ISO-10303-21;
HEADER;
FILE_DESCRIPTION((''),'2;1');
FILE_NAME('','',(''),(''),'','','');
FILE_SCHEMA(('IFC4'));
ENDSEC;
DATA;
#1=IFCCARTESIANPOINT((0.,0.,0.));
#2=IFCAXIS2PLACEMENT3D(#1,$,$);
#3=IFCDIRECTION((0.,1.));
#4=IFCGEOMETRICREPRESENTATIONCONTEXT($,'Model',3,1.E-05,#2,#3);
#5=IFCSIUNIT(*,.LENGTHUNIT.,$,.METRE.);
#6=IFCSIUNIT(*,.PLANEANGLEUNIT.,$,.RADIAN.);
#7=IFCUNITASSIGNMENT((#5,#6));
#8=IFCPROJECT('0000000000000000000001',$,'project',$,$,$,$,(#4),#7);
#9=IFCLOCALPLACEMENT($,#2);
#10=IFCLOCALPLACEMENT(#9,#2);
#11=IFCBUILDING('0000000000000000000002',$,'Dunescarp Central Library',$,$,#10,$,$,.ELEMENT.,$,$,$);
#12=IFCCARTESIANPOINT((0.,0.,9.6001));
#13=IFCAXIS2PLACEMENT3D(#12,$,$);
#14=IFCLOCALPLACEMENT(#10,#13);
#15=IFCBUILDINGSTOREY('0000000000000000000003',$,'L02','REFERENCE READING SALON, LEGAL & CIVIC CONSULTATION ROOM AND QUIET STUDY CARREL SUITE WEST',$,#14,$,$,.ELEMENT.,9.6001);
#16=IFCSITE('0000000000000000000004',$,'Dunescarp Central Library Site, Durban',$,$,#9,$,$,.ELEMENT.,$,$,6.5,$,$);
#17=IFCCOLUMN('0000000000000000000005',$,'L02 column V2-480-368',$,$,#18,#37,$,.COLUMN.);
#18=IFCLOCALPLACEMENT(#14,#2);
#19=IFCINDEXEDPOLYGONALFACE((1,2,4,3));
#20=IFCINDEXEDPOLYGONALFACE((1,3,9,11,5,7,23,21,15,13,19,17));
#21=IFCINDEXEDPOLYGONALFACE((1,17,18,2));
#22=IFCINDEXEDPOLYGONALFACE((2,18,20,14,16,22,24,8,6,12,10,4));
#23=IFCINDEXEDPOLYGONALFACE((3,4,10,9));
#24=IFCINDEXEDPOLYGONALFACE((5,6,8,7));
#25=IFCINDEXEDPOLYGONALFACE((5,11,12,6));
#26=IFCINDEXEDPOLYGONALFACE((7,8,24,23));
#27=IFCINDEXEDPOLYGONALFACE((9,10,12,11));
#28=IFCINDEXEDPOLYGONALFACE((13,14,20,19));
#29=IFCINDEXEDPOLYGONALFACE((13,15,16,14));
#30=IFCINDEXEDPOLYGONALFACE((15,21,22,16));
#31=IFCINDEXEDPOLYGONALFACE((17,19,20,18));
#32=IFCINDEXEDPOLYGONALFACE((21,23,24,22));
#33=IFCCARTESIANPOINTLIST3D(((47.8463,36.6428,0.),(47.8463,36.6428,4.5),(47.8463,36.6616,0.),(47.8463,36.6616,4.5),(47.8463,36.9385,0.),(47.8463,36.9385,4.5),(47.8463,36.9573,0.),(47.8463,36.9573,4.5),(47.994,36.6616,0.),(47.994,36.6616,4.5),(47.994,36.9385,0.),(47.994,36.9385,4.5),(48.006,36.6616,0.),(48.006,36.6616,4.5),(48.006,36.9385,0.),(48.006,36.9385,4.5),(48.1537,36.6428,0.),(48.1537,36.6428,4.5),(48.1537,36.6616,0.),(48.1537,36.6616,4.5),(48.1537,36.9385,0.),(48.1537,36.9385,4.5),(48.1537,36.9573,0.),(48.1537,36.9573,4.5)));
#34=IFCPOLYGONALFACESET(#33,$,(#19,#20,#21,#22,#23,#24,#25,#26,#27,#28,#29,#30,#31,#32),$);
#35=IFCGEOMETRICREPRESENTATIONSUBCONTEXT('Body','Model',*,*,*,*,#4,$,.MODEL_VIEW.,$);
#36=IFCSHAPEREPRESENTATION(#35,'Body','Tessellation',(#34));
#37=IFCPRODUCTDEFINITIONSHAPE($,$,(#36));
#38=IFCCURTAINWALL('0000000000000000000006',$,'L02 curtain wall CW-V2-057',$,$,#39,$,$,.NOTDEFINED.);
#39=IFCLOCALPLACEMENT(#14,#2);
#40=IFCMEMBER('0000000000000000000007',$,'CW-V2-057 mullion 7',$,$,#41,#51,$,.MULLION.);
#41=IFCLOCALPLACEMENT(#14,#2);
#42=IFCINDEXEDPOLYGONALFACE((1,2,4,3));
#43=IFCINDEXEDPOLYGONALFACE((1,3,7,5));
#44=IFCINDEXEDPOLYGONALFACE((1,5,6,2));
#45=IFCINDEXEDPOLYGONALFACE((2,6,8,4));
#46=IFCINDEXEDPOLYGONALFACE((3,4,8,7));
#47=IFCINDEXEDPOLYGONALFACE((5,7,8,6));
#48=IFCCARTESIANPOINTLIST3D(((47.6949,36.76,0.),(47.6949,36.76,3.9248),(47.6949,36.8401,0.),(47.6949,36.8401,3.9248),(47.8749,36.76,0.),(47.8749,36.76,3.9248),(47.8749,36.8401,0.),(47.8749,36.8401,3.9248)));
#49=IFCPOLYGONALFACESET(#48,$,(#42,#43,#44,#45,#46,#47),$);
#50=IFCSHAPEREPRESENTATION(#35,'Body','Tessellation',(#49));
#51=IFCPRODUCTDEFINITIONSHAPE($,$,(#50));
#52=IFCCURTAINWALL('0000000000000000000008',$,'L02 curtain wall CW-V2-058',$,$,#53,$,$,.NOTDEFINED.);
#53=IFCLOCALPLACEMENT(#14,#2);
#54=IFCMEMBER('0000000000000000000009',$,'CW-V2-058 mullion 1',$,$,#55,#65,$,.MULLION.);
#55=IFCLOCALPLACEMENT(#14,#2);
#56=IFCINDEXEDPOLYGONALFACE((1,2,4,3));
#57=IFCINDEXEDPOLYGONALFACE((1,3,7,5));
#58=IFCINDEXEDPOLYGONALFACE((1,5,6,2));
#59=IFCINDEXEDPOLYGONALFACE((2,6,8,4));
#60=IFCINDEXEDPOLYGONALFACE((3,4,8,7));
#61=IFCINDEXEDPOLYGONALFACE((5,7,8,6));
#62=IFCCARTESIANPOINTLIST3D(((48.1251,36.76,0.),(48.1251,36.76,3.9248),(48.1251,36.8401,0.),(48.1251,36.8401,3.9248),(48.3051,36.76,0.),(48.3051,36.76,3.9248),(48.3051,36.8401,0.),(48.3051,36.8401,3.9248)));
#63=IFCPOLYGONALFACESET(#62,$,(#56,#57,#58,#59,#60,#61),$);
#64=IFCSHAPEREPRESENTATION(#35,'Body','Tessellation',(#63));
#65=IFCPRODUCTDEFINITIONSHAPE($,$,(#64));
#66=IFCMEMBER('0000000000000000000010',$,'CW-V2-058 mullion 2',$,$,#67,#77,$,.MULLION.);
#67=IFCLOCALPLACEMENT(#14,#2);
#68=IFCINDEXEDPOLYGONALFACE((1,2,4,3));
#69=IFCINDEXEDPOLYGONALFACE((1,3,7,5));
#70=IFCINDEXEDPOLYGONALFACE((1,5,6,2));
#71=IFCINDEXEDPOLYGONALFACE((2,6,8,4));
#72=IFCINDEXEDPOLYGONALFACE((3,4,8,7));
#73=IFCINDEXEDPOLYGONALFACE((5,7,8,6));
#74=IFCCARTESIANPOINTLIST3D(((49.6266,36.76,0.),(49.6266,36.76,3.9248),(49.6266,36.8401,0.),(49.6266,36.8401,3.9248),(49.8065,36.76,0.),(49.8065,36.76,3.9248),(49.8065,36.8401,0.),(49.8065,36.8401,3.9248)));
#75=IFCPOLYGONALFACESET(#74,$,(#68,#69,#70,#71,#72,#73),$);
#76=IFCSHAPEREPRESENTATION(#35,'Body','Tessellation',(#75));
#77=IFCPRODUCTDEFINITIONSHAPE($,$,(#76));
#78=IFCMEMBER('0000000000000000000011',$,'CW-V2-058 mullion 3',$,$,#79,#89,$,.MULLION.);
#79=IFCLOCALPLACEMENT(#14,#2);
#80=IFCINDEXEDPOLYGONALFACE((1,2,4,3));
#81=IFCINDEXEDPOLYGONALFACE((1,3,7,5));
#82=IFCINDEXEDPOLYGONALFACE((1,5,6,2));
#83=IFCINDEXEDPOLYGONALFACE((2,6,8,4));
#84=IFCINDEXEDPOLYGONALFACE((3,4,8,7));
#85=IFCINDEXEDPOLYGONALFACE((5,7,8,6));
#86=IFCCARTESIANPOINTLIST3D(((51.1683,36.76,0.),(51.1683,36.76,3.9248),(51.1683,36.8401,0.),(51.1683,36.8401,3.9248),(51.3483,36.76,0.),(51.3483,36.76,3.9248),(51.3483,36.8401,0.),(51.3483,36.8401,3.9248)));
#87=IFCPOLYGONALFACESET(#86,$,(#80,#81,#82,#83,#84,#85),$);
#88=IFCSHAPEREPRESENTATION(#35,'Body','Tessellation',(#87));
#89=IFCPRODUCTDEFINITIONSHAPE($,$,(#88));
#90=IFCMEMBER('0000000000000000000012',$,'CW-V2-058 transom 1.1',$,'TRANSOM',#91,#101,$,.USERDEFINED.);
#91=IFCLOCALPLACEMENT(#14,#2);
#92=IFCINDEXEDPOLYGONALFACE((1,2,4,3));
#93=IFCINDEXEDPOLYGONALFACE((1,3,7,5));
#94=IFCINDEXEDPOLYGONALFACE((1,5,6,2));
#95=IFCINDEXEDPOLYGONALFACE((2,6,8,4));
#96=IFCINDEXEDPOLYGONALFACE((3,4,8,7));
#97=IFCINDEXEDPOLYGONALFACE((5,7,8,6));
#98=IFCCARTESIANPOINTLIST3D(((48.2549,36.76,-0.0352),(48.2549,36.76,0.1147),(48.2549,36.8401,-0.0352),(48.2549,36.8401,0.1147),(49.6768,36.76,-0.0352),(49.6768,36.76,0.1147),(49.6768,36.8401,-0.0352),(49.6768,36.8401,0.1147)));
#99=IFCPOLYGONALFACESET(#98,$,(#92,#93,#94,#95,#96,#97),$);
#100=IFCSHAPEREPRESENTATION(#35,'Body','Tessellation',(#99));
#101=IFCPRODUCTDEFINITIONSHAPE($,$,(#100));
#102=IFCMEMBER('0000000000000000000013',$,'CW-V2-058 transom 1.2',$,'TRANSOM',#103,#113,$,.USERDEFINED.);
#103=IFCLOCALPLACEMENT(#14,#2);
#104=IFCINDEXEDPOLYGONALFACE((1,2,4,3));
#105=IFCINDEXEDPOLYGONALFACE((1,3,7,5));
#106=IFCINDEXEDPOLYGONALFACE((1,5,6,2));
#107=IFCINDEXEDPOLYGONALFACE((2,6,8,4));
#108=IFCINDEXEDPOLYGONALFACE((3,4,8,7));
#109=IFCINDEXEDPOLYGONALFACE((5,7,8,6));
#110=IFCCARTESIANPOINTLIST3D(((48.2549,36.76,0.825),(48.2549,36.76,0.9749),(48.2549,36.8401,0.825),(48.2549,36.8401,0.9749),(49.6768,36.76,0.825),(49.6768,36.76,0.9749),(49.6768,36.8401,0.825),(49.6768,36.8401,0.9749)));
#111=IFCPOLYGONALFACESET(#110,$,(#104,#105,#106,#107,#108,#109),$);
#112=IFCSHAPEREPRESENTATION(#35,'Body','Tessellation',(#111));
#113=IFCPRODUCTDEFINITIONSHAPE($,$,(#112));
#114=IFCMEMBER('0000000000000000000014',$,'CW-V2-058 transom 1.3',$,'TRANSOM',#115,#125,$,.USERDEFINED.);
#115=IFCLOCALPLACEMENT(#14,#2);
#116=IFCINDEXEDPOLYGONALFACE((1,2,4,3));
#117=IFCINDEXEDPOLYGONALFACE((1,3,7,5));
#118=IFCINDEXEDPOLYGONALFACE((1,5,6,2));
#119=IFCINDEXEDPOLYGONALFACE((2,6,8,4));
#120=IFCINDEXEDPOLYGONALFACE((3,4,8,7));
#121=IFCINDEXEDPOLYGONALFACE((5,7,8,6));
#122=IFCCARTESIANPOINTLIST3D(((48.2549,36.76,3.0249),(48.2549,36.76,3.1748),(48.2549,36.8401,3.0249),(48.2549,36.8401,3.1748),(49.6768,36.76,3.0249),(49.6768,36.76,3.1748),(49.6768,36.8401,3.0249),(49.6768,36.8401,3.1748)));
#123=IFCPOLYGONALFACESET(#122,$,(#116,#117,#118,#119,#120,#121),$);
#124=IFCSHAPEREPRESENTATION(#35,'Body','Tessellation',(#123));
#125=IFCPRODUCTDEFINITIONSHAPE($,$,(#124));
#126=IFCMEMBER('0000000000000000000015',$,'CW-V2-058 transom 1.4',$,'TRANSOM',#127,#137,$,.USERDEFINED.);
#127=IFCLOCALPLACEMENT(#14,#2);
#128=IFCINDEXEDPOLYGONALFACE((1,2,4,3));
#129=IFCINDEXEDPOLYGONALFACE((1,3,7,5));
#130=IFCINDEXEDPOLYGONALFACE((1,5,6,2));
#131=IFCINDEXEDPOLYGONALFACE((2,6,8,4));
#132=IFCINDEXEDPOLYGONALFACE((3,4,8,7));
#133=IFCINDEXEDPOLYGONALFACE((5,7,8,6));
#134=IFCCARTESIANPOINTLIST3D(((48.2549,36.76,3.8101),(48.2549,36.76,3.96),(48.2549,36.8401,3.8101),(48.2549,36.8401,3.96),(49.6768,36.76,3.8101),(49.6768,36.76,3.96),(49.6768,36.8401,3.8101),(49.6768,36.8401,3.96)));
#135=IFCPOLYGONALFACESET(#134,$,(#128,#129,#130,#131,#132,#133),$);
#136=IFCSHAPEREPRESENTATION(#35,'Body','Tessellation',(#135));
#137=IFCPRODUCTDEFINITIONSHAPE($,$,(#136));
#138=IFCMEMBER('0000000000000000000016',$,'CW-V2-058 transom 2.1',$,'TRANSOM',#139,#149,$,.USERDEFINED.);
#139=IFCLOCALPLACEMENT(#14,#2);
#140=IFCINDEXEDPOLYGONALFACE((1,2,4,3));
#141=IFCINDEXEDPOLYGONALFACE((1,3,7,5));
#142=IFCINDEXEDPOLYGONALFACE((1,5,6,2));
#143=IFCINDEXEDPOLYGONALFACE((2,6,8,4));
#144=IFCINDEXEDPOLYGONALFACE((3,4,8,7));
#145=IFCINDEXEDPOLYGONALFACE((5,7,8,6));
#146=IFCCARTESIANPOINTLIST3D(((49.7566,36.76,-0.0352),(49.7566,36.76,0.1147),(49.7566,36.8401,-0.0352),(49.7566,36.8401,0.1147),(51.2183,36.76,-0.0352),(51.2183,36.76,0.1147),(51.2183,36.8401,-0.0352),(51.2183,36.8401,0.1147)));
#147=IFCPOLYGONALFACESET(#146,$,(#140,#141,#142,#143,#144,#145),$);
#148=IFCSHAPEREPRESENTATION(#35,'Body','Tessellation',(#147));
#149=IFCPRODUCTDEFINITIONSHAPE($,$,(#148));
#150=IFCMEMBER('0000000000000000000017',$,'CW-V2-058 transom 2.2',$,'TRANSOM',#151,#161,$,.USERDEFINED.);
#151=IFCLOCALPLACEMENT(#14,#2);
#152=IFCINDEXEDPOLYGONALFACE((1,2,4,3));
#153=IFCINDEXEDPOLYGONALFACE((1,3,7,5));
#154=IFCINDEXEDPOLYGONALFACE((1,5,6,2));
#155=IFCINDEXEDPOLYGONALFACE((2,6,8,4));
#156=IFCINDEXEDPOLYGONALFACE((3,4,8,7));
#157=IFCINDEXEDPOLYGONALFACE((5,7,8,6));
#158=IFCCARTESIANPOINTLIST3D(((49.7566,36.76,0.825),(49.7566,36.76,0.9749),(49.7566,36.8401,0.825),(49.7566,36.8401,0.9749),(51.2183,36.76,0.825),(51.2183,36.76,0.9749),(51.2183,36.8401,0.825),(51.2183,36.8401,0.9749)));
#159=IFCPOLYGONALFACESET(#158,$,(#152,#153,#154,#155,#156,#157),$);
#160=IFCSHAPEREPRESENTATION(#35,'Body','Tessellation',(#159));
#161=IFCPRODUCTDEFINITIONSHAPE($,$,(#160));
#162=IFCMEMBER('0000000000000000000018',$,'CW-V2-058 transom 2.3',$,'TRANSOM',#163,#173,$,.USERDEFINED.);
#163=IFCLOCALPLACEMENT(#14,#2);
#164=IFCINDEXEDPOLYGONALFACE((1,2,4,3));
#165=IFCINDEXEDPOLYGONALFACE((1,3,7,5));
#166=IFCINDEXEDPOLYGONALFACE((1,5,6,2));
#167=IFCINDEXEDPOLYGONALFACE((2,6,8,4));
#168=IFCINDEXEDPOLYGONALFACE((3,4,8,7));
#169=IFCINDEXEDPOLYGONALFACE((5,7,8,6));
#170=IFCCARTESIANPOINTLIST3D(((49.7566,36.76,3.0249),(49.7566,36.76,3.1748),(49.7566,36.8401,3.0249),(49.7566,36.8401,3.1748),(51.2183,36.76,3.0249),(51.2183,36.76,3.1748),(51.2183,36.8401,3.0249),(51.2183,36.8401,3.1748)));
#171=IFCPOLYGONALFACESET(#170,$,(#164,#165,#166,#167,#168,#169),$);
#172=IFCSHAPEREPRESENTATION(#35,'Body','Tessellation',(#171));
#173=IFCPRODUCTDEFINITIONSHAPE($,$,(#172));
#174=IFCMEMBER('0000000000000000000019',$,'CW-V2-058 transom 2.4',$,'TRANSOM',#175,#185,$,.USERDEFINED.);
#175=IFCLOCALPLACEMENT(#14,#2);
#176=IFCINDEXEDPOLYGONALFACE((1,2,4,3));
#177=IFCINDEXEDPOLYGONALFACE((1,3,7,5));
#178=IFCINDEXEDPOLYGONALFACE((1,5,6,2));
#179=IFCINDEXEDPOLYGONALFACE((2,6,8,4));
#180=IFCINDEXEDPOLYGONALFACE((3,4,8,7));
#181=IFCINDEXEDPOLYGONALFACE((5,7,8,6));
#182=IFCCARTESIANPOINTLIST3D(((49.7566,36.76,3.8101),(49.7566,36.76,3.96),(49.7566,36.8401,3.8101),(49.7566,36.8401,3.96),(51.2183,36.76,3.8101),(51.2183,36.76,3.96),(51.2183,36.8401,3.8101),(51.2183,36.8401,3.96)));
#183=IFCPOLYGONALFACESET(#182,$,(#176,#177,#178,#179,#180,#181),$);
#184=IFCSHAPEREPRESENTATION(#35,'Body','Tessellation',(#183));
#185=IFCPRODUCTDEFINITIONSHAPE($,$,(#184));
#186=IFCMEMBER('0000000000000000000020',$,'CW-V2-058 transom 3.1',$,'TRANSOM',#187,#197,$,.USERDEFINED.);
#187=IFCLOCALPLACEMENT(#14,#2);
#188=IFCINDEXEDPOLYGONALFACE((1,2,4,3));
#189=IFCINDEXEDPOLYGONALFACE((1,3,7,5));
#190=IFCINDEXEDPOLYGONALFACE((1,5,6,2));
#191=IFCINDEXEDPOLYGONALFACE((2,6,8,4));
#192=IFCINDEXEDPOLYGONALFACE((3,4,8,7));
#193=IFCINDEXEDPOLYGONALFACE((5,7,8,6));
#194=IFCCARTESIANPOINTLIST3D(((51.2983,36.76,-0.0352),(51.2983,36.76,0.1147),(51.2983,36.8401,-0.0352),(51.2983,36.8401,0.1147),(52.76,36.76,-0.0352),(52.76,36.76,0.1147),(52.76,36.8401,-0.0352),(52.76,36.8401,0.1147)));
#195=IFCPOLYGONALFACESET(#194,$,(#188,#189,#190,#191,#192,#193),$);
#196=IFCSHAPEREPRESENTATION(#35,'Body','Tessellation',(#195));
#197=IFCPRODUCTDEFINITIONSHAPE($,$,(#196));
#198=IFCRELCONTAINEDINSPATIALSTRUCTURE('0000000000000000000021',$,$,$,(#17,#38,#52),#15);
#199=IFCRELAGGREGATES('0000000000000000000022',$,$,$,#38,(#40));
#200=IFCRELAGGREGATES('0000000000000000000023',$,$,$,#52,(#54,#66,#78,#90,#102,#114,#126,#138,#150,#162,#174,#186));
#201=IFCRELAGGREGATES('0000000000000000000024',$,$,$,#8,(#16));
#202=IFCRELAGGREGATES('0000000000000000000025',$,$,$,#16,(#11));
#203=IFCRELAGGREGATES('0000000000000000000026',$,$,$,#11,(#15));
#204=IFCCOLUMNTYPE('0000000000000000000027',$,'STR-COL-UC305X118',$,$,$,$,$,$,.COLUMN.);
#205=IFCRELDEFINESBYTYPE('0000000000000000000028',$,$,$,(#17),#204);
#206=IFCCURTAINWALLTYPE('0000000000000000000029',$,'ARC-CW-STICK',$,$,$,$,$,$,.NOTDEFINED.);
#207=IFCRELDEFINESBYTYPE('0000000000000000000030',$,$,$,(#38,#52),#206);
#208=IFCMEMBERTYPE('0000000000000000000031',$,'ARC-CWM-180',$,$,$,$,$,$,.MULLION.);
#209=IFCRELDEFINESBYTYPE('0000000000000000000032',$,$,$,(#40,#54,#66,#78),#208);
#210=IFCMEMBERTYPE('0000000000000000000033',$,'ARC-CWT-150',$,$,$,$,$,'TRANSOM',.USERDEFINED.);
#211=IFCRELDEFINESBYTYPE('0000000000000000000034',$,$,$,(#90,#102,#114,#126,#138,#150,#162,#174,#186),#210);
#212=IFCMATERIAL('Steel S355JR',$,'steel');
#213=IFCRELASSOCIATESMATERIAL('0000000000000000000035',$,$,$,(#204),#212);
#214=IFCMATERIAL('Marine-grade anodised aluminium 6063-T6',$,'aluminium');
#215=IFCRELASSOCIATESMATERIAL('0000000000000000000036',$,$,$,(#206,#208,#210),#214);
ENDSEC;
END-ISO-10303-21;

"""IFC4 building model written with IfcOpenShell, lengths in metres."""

from ifc_helpers import new_model, si_unit, direction, frame, origin, origin_2d, place, context, subcontext, project, spatial, rectangle, i_section, extrude, material, material_profile, profile_set, type_object, element, aggregate, save


model = new_model("IFC4")

# Units and contexts
model_context = context("Model", 3, precision=1e-05, world=origin(), true_north=direction((0.0, 1.0)))
body_context = subcontext(model_context, "Body", "Model", "MODEL_VIEW")
ifc_project = project(units=[si_unit("LENGTHUNIT", "METRE"), si_unit("PLANEANGLEUNIT", "RADIAN")], contexts=[model_context])

# Site, building, storey
site_placement = place(None, origin())
site = spatial("IfcSite", under=ifc_project, at=site_placement, Name="Dunescarp Central Library Site, Durban", CompositionType="ELEMENT", RefElevation=6.5)
building_placement = place(site_placement, origin())
building = spatial("IfcBuilding", under=site, at=building_placement, Name="Dunescarp Central Library", CompositionType="ELEMENT")
storey_placement = place(building_placement, frame((0.0, 0.0, 9.6001)))
storey = spatial("IfcBuildingStorey", under=building, at=storey_placement, Name="L02", Description="REFERENCE READING SALON, LEGAL & CIVIC CONSULTATION ROOM AND QUIET STUDY CARREL SUITE WEST", CompositionType="ELEMENT", Elevation=9.6001)

# Column
ifc_material_1 = material(Name="Steel S355JR", Category="steel")
ifc_material_profile_1 = material_profile(ifc_material_1, i_section(OverallWidth=0.3074, OverallDepth=0.3145, WebThickness=0.012, FlangeThickness=0.0188, at=origin_2d()), Name="UC 305x305x118")
ifc_profile_set_1 = profile_set([ifc_material_profile_1], Name="Steel S355JR")
column_type = type_object("IfcColumnType", Name="STR-COL-UC305X118", PredefinedType="COLUMN", material=ifc_profile_set_1)
column_placement = place(storey_placement, frame((48.0, 36.8, 0.0), z_axis=(0.0, 0.0, 1.0), x_axis=(1.0, 0.0, 0.0)))
element("IfcColumn", 1, at=column_placement, inside=storey, type_object=column_type, Name="L02 column V2-480-368", PredefinedType="COLUMN", context=body_context, shape_type="SweptSolid", body=[
    extrude(i_section(OverallWidth=0.3074, OverallDepth=0.3145, WebThickness=0.012, FlangeThickness=0.0188, at=origin_2d()), origin(), (0.0, 0.0, 1.0), 4.5),
])

# Curtain wall, member
ifc_material_2 = material(Name="Marine-grade anodised aluminium 6063-T6", Category="aluminium")
curtain_wall_type = type_object("IfcCurtainWallType", Name="ARC-CW-STICK", PredefinedType="NOTDEFINED", material=ifc_material_2)
curtain_wall_1_placement = place(storey_placement, origin())
curtain_wall_1 = element("IfcCurtainWall", 2, at=curtain_wall_1_placement, inside=storey, type_object=curtain_wall_type, Name="L02 curtain wall CW-V2-057", PredefinedType="NOTDEFINED")
ifc_material_profile_2 = material_profile(ifc_material_2, rectangle(XDim=0.0801, YDim=0.1799, at=origin_2d()), Name="AL 80x180")
ifc_profile_set_2 = profile_set([ifc_material_profile_2], Name="Marine-grade anodised aluminium 6063-T6")
member_type_1 = type_object("IfcMemberType", Name="ARC-CWM-180", PredefinedType="MULLION", material=ifc_profile_set_2)
member_1_placement = place(storey_placement, frame((47.7849, 36.8, 0.0), z_axis=(0.0, 0.0, 1.0), x_axis=(0.0, 1.0, 0.0)))
member_1 = element("IfcMember", 3, at=member_1_placement, type_object=member_type_1, Name="CW-V2-057 mullion 7", PredefinedType="MULLION", context=body_context, shape_type="SweptSolid", body=[
    extrude(rectangle(XDim=0.0801, YDim=0.1799, at=origin_2d()), origin(), (0.0, 0.0, 1.0), 3.9248),
])
aggregate(curtain_wall_1, [member_1])

# Curtain wall, members
curtain_wall_2_placement = place(storey_placement, origin())
curtain_wall_2 = element("IfcCurtainWall", 4, at=curtain_wall_2_placement, inside=storey, type_object=curtain_wall_type, Name="L02 curtain wall CW-V2-058", PredefinedType="NOTDEFINED")
member_2_placement = place(storey_placement, frame((48.2151, 36.8, 0.0), z_axis=(0.0, 0.0, 1.0), x_axis=(0.0, 1.0, 0.0)))
member_2 = element("IfcMember", 5, at=member_2_placement, type_object=member_type_1, Name="CW-V2-058 mullion 1", PredefinedType="MULLION", context=body_context, shape_type="SweptSolid", body=[
    extrude(rectangle(XDim=0.0801, YDim=0.1799, at=origin_2d()), origin(), (0.0, 0.0, 1.0), 3.9248),
])
member_3_placement = place(storey_placement, frame((49.7166, 36.8, 0.0), z_axis=(0.0, 0.0, 1.0), x_axis=(0.0, 1.0, 0.0)))
member_3 = element("IfcMember", 6, at=member_3_placement, type_object=member_type_1, Name="CW-V2-058 mullion 2", PredefinedType="MULLION", context=body_context, shape_type="SweptSolid", body=[
    extrude(rectangle(XDim=0.0801, YDim=0.1799, at=origin_2d()), origin(), (0.0, 0.0, 1.0), 3.9248),
])
member_4_placement = place(storey_placement, frame((51.2583, 36.8, 0.0), z_axis=(0.0, 0.0, 1.0), x_axis=(0.0, 1.0, 0.0)))
member_4 = element("IfcMember", 7, at=member_4_placement, type_object=member_type_1, Name="CW-V2-058 mullion 3", PredefinedType="MULLION", context=body_context, shape_type="SweptSolid", body=[
    extrude(rectangle(XDim=0.0801, YDim=0.1799, at=origin_2d()), origin(), (0.0, 0.0, 1.0), 3.9248),
])
ifc_material_profile_3 = material_profile(ifc_material_2, rectangle(XDim=0.0801, YDim=0.1499, at=origin_2d()), Name="AL 80x150")
ifc_profile_set_3 = profile_set([ifc_material_profile_3], Name="Marine-grade anodised aluminium 6063-T6")
member_type_2 = type_object("IfcMemberType", Name="ARC-CWT-150", ElementType="TRANSOM", PredefinedType="USERDEFINED", material=ifc_profile_set_3)
member_5_placement = place(storey_placement, frame((48.2549, 36.8, 0.0398), z_axis=(1.0, 0.0, 0.0), x_axis=(0.0, 1.0, 0.0)))
member_5 = element("IfcMember", 8, at=member_5_placement, type_object=member_type_2, Name="CW-V2-058 transom 1.1", ObjectType="TRANSOM", PredefinedType="USERDEFINED", context=body_context, shape_type="SweptSolid", body=[
    extrude(rectangle(XDim=0.0801, YDim=0.1499, at=origin_2d()), origin(), (0.0, 0.0, 1.0), 1.4219),
])
member_6_placement = place(storey_placement, frame((48.2549, 36.8, 0.8999), z_axis=(1.0, 0.0, 0.0), x_axis=(0.0, 1.0, 0.0)))
member_6 = element("IfcMember", 9, at=member_6_placement, type_object=member_type_2, Name="CW-V2-058 transom 1.2", ObjectType="TRANSOM", PredefinedType="USERDEFINED", context=body_context, shape_type="SweptSolid", body=[
    extrude(rectangle(XDim=0.0801, YDim=0.1499, at=origin_2d()), origin(), (0.0, 0.0, 1.0), 1.4219),
])
member_7_placement = place(storey_placement, frame((48.2549, 36.8, 3.0999), z_axis=(1.0, 0.0, 0.0), x_axis=(0.0, 1.0, 0.0)))
member_7 = element("IfcMember", 10, at=member_7_placement, type_object=member_type_2, Name="CW-V2-058 transom 1.3", ObjectType="TRANSOM", PredefinedType="USERDEFINED", context=body_context, shape_type="SweptSolid", body=[
    extrude(rectangle(XDim=0.0801, YDim=0.1499, at=origin_2d()), origin(), (0.0, 0.0, 1.0), 1.4219),
])
member_8_placement = place(storey_placement, frame((48.2549, 36.8, 3.885), z_axis=(1.0, 0.0, 0.0), x_axis=(0.0, 1.0, 0.0)))
member_8 = element("IfcMember", 11, at=member_8_placement, type_object=member_type_2, Name="CW-V2-058 transom 1.4", ObjectType="TRANSOM", PredefinedType="USERDEFINED", context=body_context, shape_type="SweptSolid", body=[
    extrude(rectangle(XDim=0.0801, YDim=0.1499, at=origin_2d()), origin(), (0.0, 0.0, 1.0), 1.4219),
])
member_9_placement = place(storey_placement, frame((49.7566, 36.8, 0.0398), z_axis=(1.0, 0.0, 0.0), x_axis=(0.0, 1.0, 0.0)))
member_9 = element("IfcMember", 12, at=member_9_placement, type_object=member_type_2, Name="CW-V2-058 transom 2.1", ObjectType="TRANSOM", PredefinedType="USERDEFINED", context=body_context, shape_type="SweptSolid", body=[
    extrude(rectangle(XDim=0.0801, YDim=0.1499, at=origin_2d()), origin(), (0.0, 0.0, 1.0), 1.4617),
])
member_10_placement = place(storey_placement, frame((49.7566, 36.8, 0.8999), z_axis=(1.0, 0.0, 0.0), x_axis=(0.0, 1.0, 0.0)))
member_10 = element("IfcMember", 13, at=member_10_placement, type_object=member_type_2, Name="CW-V2-058 transom 2.2", ObjectType="TRANSOM", PredefinedType="USERDEFINED", context=body_context, shape_type="SweptSolid", body=[
    extrude(rectangle(XDim=0.0801, YDim=0.1499, at=origin_2d()), origin(), (0.0, 0.0, 1.0), 1.4617),
])
member_11_placement = place(storey_placement, frame((49.7566, 36.8, 3.0999), z_axis=(1.0, 0.0, 0.0), x_axis=(0.0, 1.0, 0.0)))
member_11 = element("IfcMember", 14, at=member_11_placement, type_object=member_type_2, Name="CW-V2-058 transom 2.3", ObjectType="TRANSOM", PredefinedType="USERDEFINED", context=body_context, shape_type="SweptSolid", body=[
    extrude(rectangle(XDim=0.0801, YDim=0.1499, at=origin_2d()), origin(), (0.0, 0.0, 1.0), 1.4617),
])
member_12_placement = place(storey_placement, frame((49.7566, 36.8, 3.885), z_axis=(1.0, 0.0, 0.0), x_axis=(0.0, 1.0, 0.0)))
member_12 = element("IfcMember", 15, at=member_12_placement, type_object=member_type_2, Name="CW-V2-058 transom 2.4", ObjectType="TRANSOM", PredefinedType="USERDEFINED", context=body_context, shape_type="SweptSolid", body=[
    extrude(rectangle(XDim=0.0801, YDim=0.1499, at=origin_2d()), origin(), (0.0, 0.0, 1.0), 1.4617),
])
member_13_placement = place(storey_placement, frame((51.2983, 36.8, 0.0398), z_axis=(1.0, 0.0, 0.0), x_axis=(0.0, 1.0, 0.0)))
member_13 = element("IfcMember", 16, at=member_13_placement, type_object=member_type_2, Name="CW-V2-058 transom 3.1", ObjectType="TRANSOM", PredefinedType="USERDEFINED", context=body_context, shape_type="SweptSolid", body=[
    extrude(rectangle(XDim=0.0801, YDim=0.1499, at=origin_2d()), origin(), (0.0, 0.0, 1.0), 1.4617),
])

aggregate(curtain_wall_2, [member_2, member_3, member_4, member_5, member_6, member_7, member_8, member_9, member_10, member_11, member_12, member_13])

save(model, "model.ifc")
